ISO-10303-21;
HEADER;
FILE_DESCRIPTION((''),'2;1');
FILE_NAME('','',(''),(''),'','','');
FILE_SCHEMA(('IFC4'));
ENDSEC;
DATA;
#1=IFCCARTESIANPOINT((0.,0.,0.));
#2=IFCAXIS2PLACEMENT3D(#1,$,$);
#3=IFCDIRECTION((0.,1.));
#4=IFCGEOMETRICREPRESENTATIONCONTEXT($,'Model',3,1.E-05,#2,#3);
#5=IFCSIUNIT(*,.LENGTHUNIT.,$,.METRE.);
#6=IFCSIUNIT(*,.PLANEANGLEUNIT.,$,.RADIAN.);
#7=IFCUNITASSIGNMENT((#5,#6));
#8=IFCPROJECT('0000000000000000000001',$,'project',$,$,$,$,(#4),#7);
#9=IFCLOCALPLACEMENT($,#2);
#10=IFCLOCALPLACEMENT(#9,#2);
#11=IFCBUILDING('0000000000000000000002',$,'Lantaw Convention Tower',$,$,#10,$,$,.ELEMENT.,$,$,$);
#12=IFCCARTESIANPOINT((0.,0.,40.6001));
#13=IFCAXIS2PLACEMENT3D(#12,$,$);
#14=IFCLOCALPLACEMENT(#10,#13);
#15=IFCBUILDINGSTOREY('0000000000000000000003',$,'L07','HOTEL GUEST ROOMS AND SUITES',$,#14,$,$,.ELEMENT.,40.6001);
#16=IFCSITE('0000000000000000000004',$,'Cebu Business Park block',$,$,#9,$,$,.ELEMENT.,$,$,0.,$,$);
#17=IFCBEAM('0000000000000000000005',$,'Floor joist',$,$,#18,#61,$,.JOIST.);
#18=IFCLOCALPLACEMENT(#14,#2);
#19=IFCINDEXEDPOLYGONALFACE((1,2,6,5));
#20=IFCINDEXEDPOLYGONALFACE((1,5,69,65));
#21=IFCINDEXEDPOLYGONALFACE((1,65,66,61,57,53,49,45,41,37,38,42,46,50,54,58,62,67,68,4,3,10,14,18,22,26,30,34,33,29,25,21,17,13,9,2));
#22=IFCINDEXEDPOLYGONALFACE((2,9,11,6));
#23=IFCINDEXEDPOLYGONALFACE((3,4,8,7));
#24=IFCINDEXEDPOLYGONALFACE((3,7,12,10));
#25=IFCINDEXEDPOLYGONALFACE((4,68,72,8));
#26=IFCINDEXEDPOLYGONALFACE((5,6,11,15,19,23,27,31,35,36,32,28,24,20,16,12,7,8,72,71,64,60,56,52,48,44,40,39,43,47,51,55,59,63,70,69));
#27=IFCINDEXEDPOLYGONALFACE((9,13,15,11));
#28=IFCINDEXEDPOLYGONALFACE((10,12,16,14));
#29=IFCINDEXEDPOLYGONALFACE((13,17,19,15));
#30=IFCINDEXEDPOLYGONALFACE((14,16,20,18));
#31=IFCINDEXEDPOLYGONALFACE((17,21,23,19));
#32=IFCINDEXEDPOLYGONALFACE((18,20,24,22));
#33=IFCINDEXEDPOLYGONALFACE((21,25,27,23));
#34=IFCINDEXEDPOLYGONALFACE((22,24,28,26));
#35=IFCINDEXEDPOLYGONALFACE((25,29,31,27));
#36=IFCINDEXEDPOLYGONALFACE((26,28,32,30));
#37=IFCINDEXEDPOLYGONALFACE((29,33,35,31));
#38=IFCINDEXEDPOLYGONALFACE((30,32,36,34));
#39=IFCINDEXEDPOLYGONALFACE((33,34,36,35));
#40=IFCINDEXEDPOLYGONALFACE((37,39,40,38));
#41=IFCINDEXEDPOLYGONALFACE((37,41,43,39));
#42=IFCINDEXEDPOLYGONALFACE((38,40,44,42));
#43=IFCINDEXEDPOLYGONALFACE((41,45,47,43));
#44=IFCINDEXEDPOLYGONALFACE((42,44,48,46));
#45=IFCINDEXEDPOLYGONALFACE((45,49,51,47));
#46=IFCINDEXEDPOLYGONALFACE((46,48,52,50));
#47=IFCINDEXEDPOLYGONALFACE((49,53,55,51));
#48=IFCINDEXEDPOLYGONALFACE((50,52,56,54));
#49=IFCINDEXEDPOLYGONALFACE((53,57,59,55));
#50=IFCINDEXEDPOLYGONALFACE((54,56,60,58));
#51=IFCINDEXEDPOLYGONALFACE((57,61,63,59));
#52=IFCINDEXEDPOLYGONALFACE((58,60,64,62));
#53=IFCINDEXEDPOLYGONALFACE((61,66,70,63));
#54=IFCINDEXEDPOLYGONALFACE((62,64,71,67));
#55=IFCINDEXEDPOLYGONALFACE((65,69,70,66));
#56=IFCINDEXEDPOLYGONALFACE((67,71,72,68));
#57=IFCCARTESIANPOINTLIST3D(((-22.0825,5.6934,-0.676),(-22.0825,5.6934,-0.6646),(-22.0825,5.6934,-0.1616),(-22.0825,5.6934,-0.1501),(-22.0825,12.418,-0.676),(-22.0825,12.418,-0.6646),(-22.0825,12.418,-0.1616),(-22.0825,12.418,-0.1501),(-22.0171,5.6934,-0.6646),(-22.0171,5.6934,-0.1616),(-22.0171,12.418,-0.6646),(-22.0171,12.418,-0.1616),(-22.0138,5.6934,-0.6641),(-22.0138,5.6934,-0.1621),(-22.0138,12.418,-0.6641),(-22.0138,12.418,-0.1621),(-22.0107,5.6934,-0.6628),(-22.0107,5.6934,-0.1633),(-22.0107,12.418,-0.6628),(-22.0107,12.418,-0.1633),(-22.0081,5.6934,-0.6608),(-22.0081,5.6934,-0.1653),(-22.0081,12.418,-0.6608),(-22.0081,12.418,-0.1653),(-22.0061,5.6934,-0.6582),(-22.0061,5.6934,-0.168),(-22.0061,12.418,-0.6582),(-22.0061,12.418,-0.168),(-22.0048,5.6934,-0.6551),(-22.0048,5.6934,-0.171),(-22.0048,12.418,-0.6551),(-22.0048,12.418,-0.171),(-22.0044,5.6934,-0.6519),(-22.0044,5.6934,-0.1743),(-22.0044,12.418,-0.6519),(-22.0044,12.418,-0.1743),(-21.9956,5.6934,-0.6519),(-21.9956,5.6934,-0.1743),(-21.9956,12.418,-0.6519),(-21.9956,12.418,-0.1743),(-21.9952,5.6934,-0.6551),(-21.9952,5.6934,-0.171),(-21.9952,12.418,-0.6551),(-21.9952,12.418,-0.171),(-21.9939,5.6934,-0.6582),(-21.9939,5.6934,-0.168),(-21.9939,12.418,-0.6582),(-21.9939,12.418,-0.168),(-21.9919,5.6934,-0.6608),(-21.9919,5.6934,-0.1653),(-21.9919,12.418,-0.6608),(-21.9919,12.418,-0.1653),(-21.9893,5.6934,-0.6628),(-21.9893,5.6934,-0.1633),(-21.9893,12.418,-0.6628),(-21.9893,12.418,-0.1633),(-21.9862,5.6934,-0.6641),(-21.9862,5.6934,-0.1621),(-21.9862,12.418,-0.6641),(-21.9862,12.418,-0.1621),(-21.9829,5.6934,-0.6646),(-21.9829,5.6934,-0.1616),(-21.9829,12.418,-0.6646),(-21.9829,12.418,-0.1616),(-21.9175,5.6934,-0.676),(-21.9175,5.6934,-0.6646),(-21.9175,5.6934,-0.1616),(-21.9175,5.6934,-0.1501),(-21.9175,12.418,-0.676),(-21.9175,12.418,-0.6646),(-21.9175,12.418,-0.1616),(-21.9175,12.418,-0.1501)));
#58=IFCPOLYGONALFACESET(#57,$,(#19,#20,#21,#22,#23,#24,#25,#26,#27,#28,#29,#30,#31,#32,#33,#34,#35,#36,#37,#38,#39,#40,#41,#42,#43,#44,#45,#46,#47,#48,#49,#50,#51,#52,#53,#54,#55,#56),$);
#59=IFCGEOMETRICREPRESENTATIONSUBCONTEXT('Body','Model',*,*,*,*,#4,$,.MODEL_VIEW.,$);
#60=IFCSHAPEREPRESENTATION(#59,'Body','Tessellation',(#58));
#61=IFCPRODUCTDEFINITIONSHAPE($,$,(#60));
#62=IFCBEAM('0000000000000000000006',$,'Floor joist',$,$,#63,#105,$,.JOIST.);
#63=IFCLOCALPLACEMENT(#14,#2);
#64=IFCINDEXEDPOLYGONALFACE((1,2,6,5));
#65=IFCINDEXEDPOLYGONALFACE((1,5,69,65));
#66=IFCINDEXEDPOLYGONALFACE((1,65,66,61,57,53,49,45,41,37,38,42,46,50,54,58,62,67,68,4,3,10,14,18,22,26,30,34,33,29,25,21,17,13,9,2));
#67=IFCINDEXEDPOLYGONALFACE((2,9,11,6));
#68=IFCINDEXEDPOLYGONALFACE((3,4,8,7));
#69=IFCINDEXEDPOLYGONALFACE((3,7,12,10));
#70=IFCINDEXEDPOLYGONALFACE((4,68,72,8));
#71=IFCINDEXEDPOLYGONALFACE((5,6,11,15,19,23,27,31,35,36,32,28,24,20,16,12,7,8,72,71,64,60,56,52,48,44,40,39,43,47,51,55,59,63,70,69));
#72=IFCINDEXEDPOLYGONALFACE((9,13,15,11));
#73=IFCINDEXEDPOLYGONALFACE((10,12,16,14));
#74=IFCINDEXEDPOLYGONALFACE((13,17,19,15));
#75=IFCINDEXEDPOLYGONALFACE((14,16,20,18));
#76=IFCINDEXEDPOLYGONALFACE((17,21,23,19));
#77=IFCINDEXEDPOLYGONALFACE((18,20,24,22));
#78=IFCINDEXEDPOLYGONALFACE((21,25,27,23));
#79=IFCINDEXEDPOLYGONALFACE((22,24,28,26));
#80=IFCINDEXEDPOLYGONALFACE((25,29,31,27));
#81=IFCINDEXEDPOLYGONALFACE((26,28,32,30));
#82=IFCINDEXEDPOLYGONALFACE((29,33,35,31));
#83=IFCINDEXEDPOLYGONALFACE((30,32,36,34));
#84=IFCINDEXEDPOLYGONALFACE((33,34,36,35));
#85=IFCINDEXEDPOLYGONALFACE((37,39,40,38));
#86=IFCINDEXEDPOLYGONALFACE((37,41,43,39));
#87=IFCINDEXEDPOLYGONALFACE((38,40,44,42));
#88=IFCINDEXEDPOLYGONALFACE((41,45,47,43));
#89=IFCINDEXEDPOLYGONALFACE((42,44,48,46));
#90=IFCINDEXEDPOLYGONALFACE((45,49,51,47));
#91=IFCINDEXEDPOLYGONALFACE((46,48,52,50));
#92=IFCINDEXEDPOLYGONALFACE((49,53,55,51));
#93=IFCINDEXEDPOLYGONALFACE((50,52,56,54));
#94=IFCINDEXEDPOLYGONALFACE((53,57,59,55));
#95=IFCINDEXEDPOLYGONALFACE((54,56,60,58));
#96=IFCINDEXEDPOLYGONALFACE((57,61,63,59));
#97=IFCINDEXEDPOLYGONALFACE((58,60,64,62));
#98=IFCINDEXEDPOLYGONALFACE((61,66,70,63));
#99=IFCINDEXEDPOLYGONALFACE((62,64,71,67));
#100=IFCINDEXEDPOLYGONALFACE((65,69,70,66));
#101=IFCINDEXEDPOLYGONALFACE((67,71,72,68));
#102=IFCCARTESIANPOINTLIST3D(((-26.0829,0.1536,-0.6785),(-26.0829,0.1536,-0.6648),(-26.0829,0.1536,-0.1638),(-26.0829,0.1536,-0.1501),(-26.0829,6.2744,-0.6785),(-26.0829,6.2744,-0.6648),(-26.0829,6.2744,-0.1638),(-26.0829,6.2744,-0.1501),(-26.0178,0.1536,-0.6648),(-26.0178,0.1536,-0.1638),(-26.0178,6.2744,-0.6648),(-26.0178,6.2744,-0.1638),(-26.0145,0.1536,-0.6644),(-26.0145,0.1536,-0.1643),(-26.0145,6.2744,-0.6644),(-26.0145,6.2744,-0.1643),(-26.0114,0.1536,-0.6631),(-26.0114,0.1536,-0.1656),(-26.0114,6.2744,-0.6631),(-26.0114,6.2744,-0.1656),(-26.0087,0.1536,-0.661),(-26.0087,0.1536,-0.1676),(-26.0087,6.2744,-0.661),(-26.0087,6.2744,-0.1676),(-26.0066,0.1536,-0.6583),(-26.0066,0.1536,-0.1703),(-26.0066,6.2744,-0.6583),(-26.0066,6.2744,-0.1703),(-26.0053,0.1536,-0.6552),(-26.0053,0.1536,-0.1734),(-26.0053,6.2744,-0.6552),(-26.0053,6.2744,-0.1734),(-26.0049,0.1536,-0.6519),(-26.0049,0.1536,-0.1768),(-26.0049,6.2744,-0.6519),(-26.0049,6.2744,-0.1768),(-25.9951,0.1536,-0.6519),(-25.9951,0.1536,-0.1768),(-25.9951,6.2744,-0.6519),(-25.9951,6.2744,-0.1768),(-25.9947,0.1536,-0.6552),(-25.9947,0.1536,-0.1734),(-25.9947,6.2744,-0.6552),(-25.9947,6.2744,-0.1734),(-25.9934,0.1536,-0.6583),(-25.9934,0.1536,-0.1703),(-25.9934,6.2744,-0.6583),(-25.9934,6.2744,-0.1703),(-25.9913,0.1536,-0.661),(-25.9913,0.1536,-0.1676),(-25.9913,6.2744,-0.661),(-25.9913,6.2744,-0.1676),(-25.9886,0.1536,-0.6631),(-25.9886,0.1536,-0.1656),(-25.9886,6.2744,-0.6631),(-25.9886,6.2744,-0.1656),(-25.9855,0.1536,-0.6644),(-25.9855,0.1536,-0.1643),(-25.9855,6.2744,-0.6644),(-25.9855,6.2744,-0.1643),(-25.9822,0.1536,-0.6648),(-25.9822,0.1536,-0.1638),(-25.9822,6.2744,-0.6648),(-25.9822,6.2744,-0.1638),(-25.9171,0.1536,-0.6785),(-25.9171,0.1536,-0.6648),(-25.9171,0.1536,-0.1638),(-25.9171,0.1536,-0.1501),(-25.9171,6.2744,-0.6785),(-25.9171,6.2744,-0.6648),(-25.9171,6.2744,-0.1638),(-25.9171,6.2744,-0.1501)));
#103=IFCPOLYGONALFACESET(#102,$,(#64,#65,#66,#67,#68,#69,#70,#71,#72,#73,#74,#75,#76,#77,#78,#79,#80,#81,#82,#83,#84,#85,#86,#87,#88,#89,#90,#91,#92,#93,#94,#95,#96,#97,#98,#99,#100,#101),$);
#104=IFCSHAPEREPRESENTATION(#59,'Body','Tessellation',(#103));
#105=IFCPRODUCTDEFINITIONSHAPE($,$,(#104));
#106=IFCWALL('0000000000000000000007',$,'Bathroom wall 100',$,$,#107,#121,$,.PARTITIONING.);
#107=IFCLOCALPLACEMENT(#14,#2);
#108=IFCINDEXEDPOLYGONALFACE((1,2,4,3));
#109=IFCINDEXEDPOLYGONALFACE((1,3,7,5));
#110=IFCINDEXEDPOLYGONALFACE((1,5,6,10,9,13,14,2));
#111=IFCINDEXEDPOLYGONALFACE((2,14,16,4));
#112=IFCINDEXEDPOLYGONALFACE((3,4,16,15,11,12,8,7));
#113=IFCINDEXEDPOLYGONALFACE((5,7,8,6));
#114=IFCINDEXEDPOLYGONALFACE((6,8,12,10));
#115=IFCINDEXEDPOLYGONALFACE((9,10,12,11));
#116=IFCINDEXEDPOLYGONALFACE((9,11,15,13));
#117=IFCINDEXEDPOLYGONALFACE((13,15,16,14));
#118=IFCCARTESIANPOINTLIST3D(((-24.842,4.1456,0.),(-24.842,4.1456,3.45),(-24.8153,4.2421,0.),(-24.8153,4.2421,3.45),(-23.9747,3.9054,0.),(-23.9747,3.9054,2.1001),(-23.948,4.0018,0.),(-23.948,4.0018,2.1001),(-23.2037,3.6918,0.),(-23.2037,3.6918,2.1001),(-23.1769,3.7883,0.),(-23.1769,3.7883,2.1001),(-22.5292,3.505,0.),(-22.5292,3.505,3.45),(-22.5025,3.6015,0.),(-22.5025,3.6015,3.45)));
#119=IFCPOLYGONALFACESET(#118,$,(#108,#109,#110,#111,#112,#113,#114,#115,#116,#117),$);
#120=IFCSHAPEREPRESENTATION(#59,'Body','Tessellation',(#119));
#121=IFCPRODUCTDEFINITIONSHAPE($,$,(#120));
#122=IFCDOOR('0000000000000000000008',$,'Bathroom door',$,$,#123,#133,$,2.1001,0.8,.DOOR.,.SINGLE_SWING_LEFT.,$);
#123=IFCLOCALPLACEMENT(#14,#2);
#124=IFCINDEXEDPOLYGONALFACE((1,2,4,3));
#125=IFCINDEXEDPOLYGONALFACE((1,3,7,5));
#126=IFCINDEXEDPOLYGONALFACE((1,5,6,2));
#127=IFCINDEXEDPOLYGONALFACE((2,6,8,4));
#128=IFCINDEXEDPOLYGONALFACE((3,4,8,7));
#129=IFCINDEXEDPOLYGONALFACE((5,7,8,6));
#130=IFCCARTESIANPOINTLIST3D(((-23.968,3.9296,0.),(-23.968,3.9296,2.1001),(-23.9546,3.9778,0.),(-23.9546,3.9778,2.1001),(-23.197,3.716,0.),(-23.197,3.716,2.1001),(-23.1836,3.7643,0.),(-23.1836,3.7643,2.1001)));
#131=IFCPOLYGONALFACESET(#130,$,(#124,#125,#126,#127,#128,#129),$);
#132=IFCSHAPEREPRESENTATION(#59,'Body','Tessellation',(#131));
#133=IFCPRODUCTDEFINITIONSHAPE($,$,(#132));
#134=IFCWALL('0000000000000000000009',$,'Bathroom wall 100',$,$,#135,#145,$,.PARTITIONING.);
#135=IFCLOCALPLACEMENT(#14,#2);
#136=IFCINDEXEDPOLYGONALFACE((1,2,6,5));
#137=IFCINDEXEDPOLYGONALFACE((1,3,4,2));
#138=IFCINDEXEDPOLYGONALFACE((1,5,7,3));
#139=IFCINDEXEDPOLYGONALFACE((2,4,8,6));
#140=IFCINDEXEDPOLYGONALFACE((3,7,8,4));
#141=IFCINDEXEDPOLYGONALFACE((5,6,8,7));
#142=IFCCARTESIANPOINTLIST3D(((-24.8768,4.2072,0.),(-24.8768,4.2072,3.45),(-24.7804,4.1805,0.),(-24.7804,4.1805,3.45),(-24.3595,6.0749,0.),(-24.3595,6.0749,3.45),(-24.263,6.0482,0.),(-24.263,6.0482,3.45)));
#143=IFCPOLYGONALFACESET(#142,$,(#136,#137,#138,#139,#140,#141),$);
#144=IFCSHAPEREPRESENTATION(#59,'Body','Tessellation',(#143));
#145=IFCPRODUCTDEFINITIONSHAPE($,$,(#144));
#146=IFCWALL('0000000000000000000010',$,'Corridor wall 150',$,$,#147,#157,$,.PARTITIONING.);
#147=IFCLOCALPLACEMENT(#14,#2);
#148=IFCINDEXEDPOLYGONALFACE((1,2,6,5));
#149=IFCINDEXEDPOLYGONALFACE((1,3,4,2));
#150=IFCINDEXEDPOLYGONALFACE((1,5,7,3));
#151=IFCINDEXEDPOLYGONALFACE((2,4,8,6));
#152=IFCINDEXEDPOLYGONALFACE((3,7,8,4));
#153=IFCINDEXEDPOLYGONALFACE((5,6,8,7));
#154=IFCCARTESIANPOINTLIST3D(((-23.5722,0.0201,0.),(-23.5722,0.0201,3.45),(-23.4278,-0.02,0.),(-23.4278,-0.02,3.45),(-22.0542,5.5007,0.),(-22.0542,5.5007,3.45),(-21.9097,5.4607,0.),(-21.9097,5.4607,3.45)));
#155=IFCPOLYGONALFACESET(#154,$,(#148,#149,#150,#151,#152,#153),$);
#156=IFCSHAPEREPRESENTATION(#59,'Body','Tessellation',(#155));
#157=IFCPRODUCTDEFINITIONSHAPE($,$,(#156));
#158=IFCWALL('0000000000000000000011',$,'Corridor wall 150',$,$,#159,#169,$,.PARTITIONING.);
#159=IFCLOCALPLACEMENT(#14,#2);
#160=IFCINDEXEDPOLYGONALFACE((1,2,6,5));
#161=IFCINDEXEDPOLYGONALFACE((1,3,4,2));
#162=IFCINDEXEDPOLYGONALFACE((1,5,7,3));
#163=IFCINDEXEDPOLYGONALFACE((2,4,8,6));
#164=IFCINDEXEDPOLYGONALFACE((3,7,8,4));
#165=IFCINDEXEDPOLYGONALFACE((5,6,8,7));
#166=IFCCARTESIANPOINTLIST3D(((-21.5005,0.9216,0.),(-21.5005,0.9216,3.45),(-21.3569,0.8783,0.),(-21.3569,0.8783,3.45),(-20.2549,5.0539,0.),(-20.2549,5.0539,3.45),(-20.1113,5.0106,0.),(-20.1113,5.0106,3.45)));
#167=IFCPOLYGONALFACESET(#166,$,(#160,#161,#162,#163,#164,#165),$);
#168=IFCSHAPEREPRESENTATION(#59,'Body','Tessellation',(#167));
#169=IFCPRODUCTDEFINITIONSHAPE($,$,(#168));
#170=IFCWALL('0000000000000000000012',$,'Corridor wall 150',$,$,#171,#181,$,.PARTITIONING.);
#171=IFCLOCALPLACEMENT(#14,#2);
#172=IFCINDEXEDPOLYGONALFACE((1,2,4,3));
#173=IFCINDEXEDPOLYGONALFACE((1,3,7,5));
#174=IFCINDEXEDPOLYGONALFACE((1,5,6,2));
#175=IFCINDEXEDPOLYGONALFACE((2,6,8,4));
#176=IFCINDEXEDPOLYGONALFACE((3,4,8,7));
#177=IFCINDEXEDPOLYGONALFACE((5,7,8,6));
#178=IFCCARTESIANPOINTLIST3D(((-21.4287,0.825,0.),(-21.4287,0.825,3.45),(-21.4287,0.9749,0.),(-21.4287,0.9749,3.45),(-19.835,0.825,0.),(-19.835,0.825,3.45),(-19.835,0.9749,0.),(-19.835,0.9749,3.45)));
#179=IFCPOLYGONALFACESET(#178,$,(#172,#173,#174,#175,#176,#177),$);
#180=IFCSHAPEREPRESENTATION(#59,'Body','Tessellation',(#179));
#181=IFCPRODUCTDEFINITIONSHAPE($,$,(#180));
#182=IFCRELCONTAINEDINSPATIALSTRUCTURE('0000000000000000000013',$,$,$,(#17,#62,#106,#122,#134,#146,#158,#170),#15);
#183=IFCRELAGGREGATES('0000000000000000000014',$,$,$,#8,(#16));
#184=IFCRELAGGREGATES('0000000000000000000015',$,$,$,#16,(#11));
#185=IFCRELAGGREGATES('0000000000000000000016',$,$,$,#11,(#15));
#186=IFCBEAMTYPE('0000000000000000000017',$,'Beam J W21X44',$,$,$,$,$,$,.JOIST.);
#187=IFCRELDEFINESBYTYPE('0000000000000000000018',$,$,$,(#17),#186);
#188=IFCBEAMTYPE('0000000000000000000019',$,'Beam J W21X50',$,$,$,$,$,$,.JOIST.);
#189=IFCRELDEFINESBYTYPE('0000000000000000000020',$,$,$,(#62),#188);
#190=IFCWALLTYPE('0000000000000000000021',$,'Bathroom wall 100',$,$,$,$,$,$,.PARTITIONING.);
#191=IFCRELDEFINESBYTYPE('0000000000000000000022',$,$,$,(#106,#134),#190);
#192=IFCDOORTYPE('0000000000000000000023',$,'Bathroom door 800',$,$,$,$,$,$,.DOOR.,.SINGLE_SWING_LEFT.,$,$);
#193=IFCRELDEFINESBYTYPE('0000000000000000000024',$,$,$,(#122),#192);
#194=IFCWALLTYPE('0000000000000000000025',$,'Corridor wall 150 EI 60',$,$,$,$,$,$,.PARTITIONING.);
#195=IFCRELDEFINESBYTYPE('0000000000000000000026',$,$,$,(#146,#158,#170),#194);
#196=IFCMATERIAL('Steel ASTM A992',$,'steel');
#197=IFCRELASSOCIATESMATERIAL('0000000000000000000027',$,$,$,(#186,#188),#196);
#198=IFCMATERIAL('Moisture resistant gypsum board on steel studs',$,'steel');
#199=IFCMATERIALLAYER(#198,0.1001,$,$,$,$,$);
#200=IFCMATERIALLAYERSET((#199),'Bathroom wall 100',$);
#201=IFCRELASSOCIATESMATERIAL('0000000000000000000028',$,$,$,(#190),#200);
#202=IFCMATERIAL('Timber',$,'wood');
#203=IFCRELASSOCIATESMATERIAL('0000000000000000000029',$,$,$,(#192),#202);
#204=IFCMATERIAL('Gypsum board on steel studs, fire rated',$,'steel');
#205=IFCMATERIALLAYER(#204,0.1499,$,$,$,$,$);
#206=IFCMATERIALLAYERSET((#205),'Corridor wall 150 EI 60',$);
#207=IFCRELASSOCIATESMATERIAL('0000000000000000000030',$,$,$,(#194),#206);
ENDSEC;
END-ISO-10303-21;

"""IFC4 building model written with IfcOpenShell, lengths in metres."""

from ifc_helpers import new_model, si_unit, direction, frame, frame_2d, origin, origin_2d, place, context, subcontext, project, spatial, rectangle, i_section, extrude, material, layer, layer_set, material_profile, profile_set, type_object, element, fill, save


model = new_model("IFC4")

# Units and contexts
model_context = context("Model", 3, precision=1e-05, world=origin(), true_north=direction((0.0, 1.0)))
body_context = subcontext(model_context, "Body", "Model", "MODEL_VIEW")
ifc_project = project(units=[si_unit("LENGTHUNIT", "METRE"), si_unit("PLANEANGLEUNIT", "RADIAN")], contexts=[model_context])

# Site, building, storey
site_placement = place(None, origin())
site = spatial("IfcSite", under=ifc_project, at=site_placement, Name="Cebu Business Park block", CompositionType="ELEMENT", RefElevation=0.0)
building_placement = place(site_placement, origin())
building = spatial("IfcBuilding", under=site, at=building_placement, Name="Lantaw Convention Tower", CompositionType="ELEMENT")
storey_placement = place(building_placement, frame((0.0, 0.0, 40.6001)))
storey = spatial("IfcBuildingStorey", under=building, at=storey_placement, Name="L07", Description="HOTEL GUEST ROOMS AND SUITES", CompositionType="ELEMENT", Elevation=40.6001)

# Beams
ifc_material_1 = material(Name="Steel ASTM A992", Category="steel")
ifc_material_profile_1 = material_profile(ifc_material_1, i_section(OverallWidth=0.165, OverallDepth=0.5259, WebThickness=0.0088, FlangeThickness=0.0115, FilletRadius=0.0127, at=origin_2d()), Name="W21X44")
ifc_profile_set_1 = profile_set([ifc_material_profile_1], Name="Steel ASTM A992")
beam_type_1 = type_object("IfcBeamType", Name="Beam J W21X44", PredefinedType="JOIST", material=ifc_profile_set_1)
beam_1_placement = place(storey_placement, frame((-22.0, 5.6934, -0.4131), z_axis=(0.0, 1.0, 0.0), x_axis=(-1.0, 0.0, 0.0)))
element("IfcBeam", 1, at=beam_1_placement, inside=storey, type_object=beam_type_1, Name="Floor joist", PredefinedType="JOIST", context=body_context, shape_type="SweptSolid", body=[
    extrude(i_section(OverallWidth=0.165, OverallDepth=0.5259, WebThickness=0.0088, FlangeThickness=0.0115, FilletRadius=0.0127, at=origin_2d()), origin(), (0.0, 0.0, 1.0), 6.7246),
])
ifc_material_profile_2 = material_profile(ifc_material_1, i_section(OverallWidth=0.1658, OverallDepth=0.5283, WebThickness=0.0098, FlangeThickness=0.0137, FilletRadius=0.0129, at=origin_2d()), Name="W21X50")
ifc_profile_set_2 = profile_set([ifc_material_profile_2], Name="Steel ASTM A992")
beam_type_2 = type_object("IfcBeamType", Name="Beam J W21X50", PredefinedType="JOIST", material=ifc_profile_set_2)
beam_2_placement = place(storey_placement, frame((-26.0, 0.1536, -0.4143), z_axis=(0.0, 1.0, 0.0), x_axis=(-1.0, 0.0, 0.0)))
element("IfcBeam", 2, at=beam_2_placement, inside=storey, type_object=beam_type_2, Name="Floor joist", PredefinedType="JOIST", context=body_context, shape_type="SweptSolid", body=[
    extrude(i_section(OverallWidth=0.1658, OverallDepth=0.5283, WebThickness=0.0098, FlangeThickness=0.0137, FilletRadius=0.0129, at=origin_2d()), origin(), (0.0, 0.0, 1.0), 6.1208),
])

# Wall, opening, door
ifc_material_2 = material(Name="Moisture resistant gypsum board on steel studs", Category="steel")
ifc_layer_1 = layer(ifc_material_2, 0.1001)
ifc_layer_set_1 = layer_set([ifc_layer_1], Name="Bathroom wall 100")
wall_type_1 = type_object("IfcWallType", Name="Bathroom wall 100", PredefinedType="PARTITIONING", material=ifc_layer_set_1)
wall_1_placement = place(storey_placement, frame((-22.5159, 3.5532, 0.0), z_axis=(0.0, 0.0, 1.0), x_axis=(-0.963712, 0.266946, 0.0)))
wall_1 = element("IfcWall", 3, at=wall_1_placement, inside=storey, type_object=wall_type_1, Name="Bathroom wall 100", PredefinedType="PARTITIONING", context=body_context, shape_type="SweptSolid", body=[
    extrude(rectangle(XDim=2.3999, YDim=0.1001, at=frame_2d((1.2, 0.0))), origin(), (0.0, 0.0, 1.0), 3.45),
])
opening_1_placement = place(wall_1_placement, frame((0.7, 0.0, 0.0)))
opening_1 = element("IfcOpeningElement", 4, at=opening_1_placement, cuts=wall_1, PredefinedType="OPENING", context=body_context, shape_type="SweptSolid", body=[
    extrude(rectangle(XDim=0.8, YDim=2.1001, at=frame_2d((0.3999, 1.05))), frame((0.0, 0.0601, 0.0), z_axis=(0.0, -1.0, 0.0), x_axis=(1.0, 0.0, 0.0)), (0.0, 0.0, 1.0), 0.1201),
])
ifc_material_3 = material(Name="Timber", Category="wood")
door_type = type_object("IfcDoorType", Name="Bathroom door 800", OperationType="SINGLE_SWING_LEFT", PredefinedType="DOOR", material=ifc_material_3)
door_placement = place(opening_1_placement, origin())
door = element("IfcDoor", 5, at=door_placement, inside=storey, type_object=door_type, Name="Bathroom door", OperationType="SINGLE_SWING_LEFT", OverallHeight=2.1001, OverallWidth=0.8, PredefinedType="DOOR", context=body_context, shape_type="SweptSolid", body=[
    extrude(rectangle(XDim=0.8, YDim=2.1001, at=frame_2d((0.3999, 1.05))), frame((0.0, 0.0249, 0.0), z_axis=(0.0, -1.0, 0.0), x_axis=(1.0, 0.0, 0.0)), (0.0, 0.0, 1.0), 0.05),
])
fill(opening_1, door)

# Walls
wall_2_placement = place(storey_placement, frame((-24.8286, 4.1938, 0.0), z_axis=(0.0, 0.0, 1.0), x_axis=(0.266942, 0.963713, 0.0)))
element("IfcWall", 6, at=wall_2_placement, inside=storey, type_object=wall_type_1, Name="Bathroom wall 100", PredefinedType="PARTITIONING", context=body_context, shape_type="SweptSolid", body=[
    extrude(rectangle(XDim=1.938, YDim=0.1001, at=frame_2d((0.969, 0.0))), origin(), (0.0, 0.0, 1.0), 3.45),
])
ifc_material_4 = material(Name="Gypsum board on steel studs, fire rated", Category="steel")
ifc_layer_2 = layer(ifc_material_4, 0.1499)
ifc_layer_set_2 = layer_set([ifc_layer_2], Name="Corridor wall 150 EI 60")
wall_type_2 = type_object("IfcWallType", Name="Corridor wall 150 EI 60", PredefinedType="PARTITIONING", material=ifc_layer_set_2)
wall_3_placement = place(storey_placement, frame((-21.9819, 5.4807, 0.0), z_axis=(0.0, 0.0, 1.0), x_axis=(-0.266933, -0.963715, 0.0)))
element("IfcWall", 7, at=wall_3_placement, inside=storey, type_object=wall_type_2, Name="Corridor wall 150", PredefinedType="PARTITIONING", context=body_context, shape_type="SweptSolid", body=[
    extrude(rectangle(XDim=5.687, YDim=0.1499, at=frame_2d((2.8435, 0.0))), origin(), (0.0, 0.0, 1.0), 3.45),
])
wall_4_placement = place(storey_placement, frame((-20.1831, 5.0322, 0.0), z_axis=(0.0, 0.0, 1.0), x_axis=(-0.288604, -0.957449, 0.0)))
element("IfcWall", 8, at=wall_4_placement, inside=storey, type_object=wall_type_2, Name="Corridor wall 150", PredefinedType="PARTITIONING", context=body_context, shape_type="SweptSolid", body=[
    extrude(rectangle(XDim=4.3159, YDim=0.1499, at=frame_2d((2.158, 0.0))), origin(), (0.0, 0.0, 1.0), 3.45),
])
wall_5_placement = place(storey_placement, frame((-19.835, 0.8999, 0.0), z_axis=(0.0, 0.0, 1.0), x_axis=(-1.0, 0.0, 0.0)))
element("IfcWall", 9, at=wall_5_placement, inside=storey, type_object=wall_type_2, Name="Corridor wall 150", PredefinedType="PARTITIONING", context=body_context, shape_type="SweptSolid", body=[
    extrude(rectangle(XDim=1.5938, YDim=0.1499, at=frame_2d((0.7969, 0.0))), origin(), (0.0, 0.0, 1.0), 3.45),
])

save(model, "model.ifc")
